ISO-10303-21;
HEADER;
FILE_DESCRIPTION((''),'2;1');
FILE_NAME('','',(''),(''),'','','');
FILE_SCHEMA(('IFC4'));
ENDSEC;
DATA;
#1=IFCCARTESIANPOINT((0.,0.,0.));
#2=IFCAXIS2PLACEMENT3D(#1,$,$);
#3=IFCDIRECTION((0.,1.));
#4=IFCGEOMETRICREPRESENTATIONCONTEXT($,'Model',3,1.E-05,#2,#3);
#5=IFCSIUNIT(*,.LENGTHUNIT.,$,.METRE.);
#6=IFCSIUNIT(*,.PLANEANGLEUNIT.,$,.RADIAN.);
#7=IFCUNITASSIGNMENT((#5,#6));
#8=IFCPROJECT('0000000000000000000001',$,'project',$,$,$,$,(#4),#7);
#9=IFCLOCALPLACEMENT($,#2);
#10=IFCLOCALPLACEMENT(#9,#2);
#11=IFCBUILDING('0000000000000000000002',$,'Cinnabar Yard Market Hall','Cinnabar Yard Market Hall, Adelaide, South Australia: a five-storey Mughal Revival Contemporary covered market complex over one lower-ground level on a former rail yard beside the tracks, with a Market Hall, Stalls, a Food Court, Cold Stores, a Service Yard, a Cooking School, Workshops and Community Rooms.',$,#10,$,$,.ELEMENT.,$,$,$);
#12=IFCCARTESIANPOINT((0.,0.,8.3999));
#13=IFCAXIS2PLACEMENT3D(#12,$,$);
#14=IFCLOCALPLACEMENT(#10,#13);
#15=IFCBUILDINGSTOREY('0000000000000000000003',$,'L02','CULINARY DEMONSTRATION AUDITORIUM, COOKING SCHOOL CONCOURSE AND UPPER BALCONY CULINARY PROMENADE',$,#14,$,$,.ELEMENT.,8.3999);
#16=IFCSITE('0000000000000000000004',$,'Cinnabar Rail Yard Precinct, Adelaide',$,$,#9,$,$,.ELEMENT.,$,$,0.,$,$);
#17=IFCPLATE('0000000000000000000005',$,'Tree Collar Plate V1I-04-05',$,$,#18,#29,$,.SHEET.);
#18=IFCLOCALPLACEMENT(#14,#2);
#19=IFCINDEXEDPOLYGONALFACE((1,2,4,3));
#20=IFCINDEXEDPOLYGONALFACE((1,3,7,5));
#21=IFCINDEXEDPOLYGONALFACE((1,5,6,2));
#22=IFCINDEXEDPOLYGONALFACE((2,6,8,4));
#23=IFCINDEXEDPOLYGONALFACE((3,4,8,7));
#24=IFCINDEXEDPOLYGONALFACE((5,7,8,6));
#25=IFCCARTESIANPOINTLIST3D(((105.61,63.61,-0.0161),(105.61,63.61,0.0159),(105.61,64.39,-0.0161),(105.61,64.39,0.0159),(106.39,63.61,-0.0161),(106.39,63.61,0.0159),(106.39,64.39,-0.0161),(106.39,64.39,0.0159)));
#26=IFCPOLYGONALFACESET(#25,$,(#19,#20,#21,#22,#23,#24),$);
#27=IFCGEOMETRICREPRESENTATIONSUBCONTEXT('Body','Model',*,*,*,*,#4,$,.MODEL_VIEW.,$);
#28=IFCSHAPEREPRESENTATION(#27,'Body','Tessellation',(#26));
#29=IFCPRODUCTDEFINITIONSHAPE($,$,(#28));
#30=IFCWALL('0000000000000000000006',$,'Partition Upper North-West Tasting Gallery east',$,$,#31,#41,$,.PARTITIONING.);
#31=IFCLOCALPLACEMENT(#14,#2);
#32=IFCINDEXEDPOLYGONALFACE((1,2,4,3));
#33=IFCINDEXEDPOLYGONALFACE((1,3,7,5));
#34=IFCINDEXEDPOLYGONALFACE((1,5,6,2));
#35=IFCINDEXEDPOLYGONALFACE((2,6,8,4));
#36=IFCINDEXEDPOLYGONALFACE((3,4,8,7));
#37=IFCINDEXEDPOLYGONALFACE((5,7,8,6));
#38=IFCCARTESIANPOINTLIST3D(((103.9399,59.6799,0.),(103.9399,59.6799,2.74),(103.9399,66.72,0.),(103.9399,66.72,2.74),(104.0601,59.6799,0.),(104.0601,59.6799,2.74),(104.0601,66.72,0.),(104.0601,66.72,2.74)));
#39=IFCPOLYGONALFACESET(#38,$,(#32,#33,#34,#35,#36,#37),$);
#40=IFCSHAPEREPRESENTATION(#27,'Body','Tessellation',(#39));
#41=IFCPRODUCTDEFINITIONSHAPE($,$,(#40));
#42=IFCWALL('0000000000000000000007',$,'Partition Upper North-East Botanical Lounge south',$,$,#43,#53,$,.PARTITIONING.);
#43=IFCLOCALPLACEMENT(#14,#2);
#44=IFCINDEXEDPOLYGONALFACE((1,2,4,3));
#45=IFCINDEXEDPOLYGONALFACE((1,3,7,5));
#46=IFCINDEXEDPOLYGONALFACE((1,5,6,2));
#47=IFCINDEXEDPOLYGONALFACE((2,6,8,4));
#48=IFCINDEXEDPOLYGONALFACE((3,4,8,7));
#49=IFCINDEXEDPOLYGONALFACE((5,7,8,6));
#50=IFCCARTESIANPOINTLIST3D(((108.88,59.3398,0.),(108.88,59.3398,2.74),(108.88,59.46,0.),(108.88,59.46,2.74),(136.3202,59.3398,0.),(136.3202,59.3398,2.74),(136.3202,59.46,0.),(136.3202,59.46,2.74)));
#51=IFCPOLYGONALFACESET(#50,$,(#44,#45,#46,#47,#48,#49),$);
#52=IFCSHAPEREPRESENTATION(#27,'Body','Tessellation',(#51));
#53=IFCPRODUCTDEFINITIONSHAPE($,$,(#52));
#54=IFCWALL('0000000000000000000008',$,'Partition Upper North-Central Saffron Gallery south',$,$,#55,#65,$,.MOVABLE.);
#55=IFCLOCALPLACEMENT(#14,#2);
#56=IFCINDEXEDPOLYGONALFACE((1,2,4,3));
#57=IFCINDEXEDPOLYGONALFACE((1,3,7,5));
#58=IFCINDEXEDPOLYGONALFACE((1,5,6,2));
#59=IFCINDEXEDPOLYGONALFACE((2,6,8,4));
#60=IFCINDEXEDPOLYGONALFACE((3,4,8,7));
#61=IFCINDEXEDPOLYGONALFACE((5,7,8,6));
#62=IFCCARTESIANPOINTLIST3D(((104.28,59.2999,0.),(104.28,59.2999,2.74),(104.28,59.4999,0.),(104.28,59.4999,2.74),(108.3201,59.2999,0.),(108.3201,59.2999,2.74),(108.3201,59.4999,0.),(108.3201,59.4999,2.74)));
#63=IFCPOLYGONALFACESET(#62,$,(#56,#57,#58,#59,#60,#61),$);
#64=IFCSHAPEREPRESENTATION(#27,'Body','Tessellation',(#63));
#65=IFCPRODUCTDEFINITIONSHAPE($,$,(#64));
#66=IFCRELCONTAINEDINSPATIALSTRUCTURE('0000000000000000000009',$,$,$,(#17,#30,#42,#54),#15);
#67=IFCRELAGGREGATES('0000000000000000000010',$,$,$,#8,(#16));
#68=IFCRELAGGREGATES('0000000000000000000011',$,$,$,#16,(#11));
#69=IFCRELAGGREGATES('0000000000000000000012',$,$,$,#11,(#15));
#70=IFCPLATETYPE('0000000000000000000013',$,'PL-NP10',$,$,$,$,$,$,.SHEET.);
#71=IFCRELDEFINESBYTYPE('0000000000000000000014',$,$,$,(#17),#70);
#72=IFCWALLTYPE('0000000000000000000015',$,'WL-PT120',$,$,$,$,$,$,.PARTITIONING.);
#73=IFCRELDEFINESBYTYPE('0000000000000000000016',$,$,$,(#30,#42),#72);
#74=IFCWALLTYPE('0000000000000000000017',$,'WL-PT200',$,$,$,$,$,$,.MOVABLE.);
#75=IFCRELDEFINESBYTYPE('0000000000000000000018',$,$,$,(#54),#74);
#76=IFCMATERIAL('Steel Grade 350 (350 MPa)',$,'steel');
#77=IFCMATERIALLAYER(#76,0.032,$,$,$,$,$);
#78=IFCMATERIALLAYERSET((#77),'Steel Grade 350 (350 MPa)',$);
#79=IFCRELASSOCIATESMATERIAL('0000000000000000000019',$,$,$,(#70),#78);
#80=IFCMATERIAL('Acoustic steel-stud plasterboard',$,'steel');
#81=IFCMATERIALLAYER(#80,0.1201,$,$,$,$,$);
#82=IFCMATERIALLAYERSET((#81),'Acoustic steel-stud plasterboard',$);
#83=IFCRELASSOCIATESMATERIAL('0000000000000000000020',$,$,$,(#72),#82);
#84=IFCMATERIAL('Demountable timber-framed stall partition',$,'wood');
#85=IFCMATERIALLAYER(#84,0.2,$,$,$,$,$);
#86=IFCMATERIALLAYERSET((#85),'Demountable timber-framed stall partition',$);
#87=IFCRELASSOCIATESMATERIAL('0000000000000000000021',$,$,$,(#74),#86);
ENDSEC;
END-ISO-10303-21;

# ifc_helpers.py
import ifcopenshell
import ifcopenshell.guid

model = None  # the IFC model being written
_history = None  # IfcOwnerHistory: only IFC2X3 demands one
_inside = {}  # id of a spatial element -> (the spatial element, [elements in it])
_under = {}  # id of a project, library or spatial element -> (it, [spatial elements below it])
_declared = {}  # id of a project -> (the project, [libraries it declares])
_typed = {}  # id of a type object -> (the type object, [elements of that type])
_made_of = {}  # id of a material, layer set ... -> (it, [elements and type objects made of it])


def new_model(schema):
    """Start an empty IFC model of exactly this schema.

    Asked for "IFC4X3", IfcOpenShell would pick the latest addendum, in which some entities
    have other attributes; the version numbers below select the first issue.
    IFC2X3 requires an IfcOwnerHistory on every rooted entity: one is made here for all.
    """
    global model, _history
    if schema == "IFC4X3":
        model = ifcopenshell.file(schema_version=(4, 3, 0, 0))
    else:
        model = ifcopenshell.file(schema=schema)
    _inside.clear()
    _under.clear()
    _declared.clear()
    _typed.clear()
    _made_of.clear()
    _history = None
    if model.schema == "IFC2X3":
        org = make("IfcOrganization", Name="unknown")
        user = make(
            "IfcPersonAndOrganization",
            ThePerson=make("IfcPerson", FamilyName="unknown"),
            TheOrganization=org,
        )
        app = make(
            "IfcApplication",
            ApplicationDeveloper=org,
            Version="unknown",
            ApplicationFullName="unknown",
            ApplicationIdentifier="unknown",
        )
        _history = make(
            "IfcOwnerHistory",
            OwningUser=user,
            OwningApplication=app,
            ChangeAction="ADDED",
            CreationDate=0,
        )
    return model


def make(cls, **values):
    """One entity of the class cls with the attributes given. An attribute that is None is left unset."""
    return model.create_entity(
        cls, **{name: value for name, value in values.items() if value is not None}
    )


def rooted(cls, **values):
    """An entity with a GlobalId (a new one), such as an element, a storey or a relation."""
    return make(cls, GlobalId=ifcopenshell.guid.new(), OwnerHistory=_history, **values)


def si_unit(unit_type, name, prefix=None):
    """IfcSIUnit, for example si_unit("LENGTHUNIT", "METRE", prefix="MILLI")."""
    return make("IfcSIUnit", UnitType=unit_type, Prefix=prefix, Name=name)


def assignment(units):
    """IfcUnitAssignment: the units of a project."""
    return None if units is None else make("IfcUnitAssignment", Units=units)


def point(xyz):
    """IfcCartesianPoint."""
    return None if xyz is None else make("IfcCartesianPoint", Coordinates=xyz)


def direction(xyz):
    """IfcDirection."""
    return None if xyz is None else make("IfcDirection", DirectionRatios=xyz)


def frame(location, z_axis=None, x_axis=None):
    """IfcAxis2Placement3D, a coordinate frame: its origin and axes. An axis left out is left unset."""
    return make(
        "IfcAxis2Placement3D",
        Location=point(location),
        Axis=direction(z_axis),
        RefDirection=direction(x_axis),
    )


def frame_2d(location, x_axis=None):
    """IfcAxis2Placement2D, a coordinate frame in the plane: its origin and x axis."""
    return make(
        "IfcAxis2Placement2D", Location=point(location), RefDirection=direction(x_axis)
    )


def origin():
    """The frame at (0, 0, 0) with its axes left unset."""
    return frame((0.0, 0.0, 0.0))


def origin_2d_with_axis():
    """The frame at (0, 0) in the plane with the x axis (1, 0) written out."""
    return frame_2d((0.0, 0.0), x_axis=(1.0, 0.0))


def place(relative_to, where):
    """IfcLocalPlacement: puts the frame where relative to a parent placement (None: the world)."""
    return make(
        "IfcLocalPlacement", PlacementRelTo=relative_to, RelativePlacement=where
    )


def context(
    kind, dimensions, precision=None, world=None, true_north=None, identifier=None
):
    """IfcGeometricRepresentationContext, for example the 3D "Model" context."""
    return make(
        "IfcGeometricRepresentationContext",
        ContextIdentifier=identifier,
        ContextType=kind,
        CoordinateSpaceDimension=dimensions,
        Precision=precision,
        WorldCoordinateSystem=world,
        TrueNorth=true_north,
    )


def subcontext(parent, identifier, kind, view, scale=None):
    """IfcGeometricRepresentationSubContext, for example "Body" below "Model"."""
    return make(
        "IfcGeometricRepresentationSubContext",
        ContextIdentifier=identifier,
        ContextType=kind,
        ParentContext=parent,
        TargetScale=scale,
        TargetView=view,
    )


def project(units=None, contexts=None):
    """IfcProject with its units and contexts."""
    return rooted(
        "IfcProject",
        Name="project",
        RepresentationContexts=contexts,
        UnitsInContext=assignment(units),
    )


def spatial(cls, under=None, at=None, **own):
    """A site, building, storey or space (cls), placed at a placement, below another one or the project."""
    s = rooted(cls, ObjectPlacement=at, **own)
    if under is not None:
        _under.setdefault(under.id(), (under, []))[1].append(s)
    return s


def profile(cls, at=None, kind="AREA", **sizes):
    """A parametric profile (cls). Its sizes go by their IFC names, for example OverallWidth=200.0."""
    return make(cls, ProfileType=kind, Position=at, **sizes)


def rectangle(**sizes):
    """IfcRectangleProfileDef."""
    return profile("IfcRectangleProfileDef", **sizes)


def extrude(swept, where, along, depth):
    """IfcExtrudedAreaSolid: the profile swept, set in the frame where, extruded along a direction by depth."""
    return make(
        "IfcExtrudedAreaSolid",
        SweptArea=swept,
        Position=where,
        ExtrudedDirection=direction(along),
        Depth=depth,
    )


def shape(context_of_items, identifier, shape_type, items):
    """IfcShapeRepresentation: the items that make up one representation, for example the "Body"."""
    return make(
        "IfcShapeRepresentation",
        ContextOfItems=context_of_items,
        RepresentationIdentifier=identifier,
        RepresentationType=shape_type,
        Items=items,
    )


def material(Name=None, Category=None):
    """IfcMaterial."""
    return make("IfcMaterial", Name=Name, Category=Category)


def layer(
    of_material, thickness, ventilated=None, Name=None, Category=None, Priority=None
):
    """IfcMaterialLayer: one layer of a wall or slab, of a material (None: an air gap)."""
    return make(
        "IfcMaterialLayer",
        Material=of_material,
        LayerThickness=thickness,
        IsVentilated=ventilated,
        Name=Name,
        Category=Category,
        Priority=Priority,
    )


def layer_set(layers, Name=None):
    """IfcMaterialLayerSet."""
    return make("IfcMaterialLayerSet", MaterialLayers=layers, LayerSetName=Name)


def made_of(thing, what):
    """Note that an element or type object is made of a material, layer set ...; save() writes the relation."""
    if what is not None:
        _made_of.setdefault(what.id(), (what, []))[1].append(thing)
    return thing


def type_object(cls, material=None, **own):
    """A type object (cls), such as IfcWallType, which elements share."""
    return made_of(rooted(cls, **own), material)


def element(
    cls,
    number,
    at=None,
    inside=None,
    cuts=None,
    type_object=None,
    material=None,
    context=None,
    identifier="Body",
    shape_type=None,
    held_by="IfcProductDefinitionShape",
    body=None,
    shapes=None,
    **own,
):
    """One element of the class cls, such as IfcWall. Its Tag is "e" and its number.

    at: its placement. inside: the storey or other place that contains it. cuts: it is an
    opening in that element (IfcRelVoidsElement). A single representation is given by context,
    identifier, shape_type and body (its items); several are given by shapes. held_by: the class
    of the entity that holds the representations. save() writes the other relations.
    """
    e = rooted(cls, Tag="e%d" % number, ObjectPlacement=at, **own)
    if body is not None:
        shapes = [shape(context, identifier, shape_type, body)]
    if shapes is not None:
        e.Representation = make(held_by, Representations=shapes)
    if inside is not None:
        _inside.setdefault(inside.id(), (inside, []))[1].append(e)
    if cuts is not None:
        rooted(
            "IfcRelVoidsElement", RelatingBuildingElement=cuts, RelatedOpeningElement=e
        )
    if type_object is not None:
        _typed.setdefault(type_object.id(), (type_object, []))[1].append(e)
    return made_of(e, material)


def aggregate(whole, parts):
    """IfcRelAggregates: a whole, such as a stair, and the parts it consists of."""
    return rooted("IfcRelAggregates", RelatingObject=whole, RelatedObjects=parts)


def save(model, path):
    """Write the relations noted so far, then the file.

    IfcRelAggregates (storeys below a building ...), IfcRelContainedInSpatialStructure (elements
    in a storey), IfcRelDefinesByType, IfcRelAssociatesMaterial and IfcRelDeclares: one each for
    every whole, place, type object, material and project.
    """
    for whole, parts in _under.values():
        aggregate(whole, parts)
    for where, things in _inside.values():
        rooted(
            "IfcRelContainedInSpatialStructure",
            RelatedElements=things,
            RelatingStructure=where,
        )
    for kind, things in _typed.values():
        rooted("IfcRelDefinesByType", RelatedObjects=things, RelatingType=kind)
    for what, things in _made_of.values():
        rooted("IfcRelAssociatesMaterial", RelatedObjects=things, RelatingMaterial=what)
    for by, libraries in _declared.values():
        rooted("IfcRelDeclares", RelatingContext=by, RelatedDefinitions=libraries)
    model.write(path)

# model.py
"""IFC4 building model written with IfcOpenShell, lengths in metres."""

from ifc_helpers import new_model, si_unit, direction, frame, frame_2d, origin, origin_2d_with_axis, place, context, subcontext, project, spatial, rectangle, extrude, material, layer, layer_set, type_object, element, save


model = new_model("IFC4")

# Units and contexts
model_context = context("Model", 3, precision=1e-05, world=origin(), true_north=direction((0.0, 1.0)))
body_context = subcontext(model_context, "Body", "Model", "MODEL_VIEW")
ifc_project = project(units=[si_unit("LENGTHUNIT", "METRE"), si_unit("PLANEANGLEUNIT", "RADIAN")], contexts=[model_context])

# Site, building, storey
site_placement = place(None, origin())
site = spatial("IfcSite", under=ifc_project, at=site_placement, Name="Cinnabar Rail Yard Precinct, Adelaide", CompositionType="ELEMENT", RefElevation=0.0)
building_placement = place(site_placement, origin())
building = spatial("IfcBuilding", under=site, at=building_placement, Name="Cinnabar Yard Market Hall", Description="Cinnabar Yard Market Hall, Adelaide, South Australia: a five-storey Mughal Revival Contemporary covered market complex over one lower-ground level on a former rail yard beside the tracks, with a Market Hall, Stalls, a Food Court, Cold Stores, a Service Yard, a Cooking School, Workshops and Community Rooms.", CompositionType="ELEMENT")
storey_placement = place(building_placement, frame((0.0, 0.0, 8.3999)))
storey = spatial("IfcBuildingStorey", under=building, at=storey_placement, Name="L02", Description="CULINARY DEMONSTRATION AUDITORIUM, COOKING SCHOOL CONCOURSE AND UPPER BALCONY CULINARY PROMENADE", CompositionType="ELEMENT", Elevation=8.3999)

# Plate
ifc_material_1 = material(Name="Steel Grade 350 (350 MPa)", Category="steel")
ifc_layer_1 = layer(ifc_material_1, 0.032)
ifc_layer_set_1 = layer_set([ifc_layer_1], Name="Steel Grade 350 (350 MPa)")
plate_type_1 = type_object("IfcPlateType", Name="PL-NP10", PredefinedType="SHEET", material=ifc_layer_set_1)
plate_1_placement = place(storey_placement, frame((106.0, 64.0, -0.0161), z_axis=(0.0, 0.0, 1.0), x_axis=(1.0, 0.0, 0.0)))
element("IfcPlate", 1, at=plate_1_placement, inside=storey, type_object=plate_type_1, Name="Tree Collar Plate V1I-04-05", PredefinedType="SHEET", context=body_context, shape_type="SweptSolid", body=[
    extrude(rectangle(XDim=0.78, YDim=0.78, at=origin_2d_with_axis()), origin(), (0.0, 0.0, 1.0), 0.032),
])

# Walls
ifc_material_2 = material(Name="Acoustic steel-stud plasterboard", Category="steel")
ifc_layer_2 = layer(ifc_material_2, 0.1201)
ifc_layer_set_2 = layer_set([ifc_layer_2], Name="Acoustic steel-stud plasterboard")
wall_type_1 = type_object("IfcWallType", Name="WL-PT120", PredefinedType="PARTITIONING", material=ifc_layer_set_2)
wall_1_placement = place(storey_placement, frame((104.0, 59.6799, 0.0), z_axis=(0.0, 0.0, 1.0), x_axis=(0.0, 1.0, 0.0)))
element("IfcWall", 2, at=wall_1_placement, inside=storey, type_object=wall_type_1, Name="Partition Upper North-West Tasting Gallery east", PredefinedType="PARTITIONING", context=body_context, shape_type="SweptSolid", body=[
    extrude(rectangle(XDim=7.04, YDim=0.1201, at=frame_2d((3.52, 0.0), x_axis=(1.0, 0.0))), origin(), (0.0, 0.0, 1.0), 2.74),
])
wall_2_placement = place(storey_placement, frame((108.8799, 59.3999, 0.0), z_axis=(0.0, 0.0, 1.0), x_axis=(1.0, 0.0, 0.0)))
element("IfcWall", 3, at=wall_2_placement, inside=storey, type_object=wall_type_1, Name="Partition Upper North-East Botanical Lounge south", PredefinedType="PARTITIONING", context=body_context, shape_type="SweptSolid", body=[
    extrude(rectangle(XDim=27.4402, YDim=0.1201, at=frame_2d((13.7202, 0.0), x_axis=(1.0, 0.0))), origin(), (0.0, 0.0, 1.0), 2.74),
])
ifc_material_3 = material(Name="Demountable timber-framed stall partition", Category="wood")
ifc_layer_3 = layer(ifc_material_3, 0.2)
ifc_layer_set_3 = layer_set([ifc_layer_3], Name="Demountable timber-framed stall partition")
wall_type_2 = type_object("IfcWallType", Name="WL-PT200", PredefinedType="MOVABLE", material=ifc_layer_set_3)
wall_3_placement = place(storey_placement, frame((104.28, 59.3999, 0.0), z_axis=(0.0, 0.0, 1.0), x_axis=(1.0, 0.0, 0.0)))
element("IfcWall", 4, at=wall_3_placement, inside=storey, type_object=wall_type_2, Name="Partition Upper North-Central Saffron Gallery south", PredefinedType="MOVABLE", context=body_context, shape_type="SweptSolid", body=[
    extrude(rectangle(XDim=4.04, YDim=0.2, at=frame_2d((2.02, 0.0), x_axis=(1.0, 0.0))), origin(), (0.0, 0.0, 1.0), 2.74),
])

save(model, "model.ifc")
